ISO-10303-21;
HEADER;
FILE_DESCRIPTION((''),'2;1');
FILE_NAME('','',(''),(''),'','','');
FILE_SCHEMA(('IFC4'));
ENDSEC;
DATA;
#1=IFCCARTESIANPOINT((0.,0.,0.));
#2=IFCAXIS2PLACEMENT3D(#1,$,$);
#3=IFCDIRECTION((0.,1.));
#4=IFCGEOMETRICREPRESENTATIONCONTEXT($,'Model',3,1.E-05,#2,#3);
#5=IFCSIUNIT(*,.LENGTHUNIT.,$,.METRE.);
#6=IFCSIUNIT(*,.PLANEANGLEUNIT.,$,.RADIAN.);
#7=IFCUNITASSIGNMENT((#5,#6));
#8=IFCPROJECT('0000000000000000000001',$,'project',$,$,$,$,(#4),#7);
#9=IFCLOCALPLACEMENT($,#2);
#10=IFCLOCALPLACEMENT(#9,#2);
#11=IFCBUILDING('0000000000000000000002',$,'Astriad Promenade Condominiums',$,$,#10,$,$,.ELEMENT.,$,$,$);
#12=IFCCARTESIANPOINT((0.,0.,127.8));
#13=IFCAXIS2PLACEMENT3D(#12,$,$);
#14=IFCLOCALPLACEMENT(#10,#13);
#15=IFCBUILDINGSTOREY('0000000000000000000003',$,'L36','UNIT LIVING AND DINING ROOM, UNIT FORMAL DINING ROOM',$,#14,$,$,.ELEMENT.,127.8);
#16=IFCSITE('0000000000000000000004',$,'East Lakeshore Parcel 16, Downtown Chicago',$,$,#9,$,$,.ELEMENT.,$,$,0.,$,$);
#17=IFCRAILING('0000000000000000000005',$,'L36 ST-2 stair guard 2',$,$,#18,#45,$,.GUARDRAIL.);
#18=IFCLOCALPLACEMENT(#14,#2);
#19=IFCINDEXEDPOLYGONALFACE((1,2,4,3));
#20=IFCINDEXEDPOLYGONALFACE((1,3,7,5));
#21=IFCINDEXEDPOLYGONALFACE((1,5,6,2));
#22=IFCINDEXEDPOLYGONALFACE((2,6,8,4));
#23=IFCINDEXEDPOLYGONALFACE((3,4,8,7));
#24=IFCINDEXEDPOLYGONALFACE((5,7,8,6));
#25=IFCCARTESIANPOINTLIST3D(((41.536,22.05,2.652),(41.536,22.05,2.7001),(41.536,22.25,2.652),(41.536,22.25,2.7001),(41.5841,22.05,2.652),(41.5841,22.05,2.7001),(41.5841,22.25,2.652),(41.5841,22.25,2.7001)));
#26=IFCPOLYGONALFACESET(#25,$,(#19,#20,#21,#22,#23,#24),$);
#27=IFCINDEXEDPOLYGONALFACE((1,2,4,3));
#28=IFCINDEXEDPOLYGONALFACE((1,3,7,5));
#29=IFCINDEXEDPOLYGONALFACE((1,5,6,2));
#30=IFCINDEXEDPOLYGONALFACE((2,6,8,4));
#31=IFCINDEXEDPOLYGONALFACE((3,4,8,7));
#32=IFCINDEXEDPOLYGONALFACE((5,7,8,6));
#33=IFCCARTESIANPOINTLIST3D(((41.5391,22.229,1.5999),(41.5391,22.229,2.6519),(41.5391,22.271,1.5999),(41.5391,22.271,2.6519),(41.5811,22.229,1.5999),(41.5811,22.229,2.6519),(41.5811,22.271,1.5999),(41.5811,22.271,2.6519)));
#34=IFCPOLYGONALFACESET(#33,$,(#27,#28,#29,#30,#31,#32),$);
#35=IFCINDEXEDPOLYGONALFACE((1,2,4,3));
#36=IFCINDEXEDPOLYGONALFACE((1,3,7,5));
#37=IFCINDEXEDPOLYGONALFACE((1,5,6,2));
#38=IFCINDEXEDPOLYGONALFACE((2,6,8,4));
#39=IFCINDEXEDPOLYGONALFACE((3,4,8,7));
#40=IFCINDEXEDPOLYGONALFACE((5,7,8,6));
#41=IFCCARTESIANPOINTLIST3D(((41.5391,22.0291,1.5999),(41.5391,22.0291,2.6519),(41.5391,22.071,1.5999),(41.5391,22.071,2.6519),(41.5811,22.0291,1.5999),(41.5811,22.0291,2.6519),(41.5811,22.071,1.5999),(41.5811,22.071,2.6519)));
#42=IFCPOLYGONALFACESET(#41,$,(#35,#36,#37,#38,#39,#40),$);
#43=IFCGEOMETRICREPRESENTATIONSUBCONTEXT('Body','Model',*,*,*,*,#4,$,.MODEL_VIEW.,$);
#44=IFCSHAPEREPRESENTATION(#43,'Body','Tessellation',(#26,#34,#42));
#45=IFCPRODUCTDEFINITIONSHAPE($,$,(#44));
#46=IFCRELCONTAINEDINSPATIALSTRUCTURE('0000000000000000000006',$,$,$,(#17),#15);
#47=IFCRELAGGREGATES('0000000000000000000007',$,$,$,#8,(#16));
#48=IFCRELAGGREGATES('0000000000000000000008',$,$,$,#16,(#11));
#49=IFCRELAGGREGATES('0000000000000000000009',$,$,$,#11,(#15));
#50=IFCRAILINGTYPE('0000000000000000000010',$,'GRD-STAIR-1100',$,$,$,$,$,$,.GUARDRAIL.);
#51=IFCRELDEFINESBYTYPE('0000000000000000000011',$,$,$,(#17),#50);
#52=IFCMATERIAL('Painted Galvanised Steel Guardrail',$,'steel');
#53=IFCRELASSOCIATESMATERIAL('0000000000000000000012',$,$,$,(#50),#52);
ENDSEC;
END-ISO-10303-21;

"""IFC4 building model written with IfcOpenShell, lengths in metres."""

from ifc_helpers import new_model, si_unit, direction, frame, origin, origin_2d, place, context, subcontext, project, spatial, rectangle, extrude, source, transform, mapped, material, type_object, element, save


model = new_model("IFC4")

# Units and contexts
model_context = context("Model", 3, precision=1e-05, world=origin(), true_north=direction((0.0, 1.0)))
body_context = subcontext(model_context, "Body", "Model", "MODEL_VIEW")
ifc_project = project(units=[si_unit("LENGTHUNIT", "METRE"), si_unit("PLANEANGLEUNIT", "RADIAN")], contexts=[model_context])

# Site, building, storey
site_placement = place(None, origin())
site = spatial("IfcSite", under=ifc_project, at=site_placement, Name="East Lakeshore Parcel 16, Downtown Chicago", CompositionType="ELEMENT", RefElevation=0.0)
building_placement = place(site_placement, origin())
building = spatial("IfcBuilding", under=site, at=building_placement, Name="Astriad Promenade Condominiums", CompositionType="ELEMENT")
storey_placement = place(building_placement, frame((0.0, 0.0, 127.8)))
storey = spatial("IfcBuildingStorey", under=building, at=storey_placement, Name="L36", Description="UNIT LIVING AND DINING ROOM, UNIT FORMAL DINING ROOM", CompositionType="ELEMENT", Elevation=127.8)

# Railing
ifc_material_1 = material(Name="Painted Galvanised Steel Guardrail", Category="steel")
railing_type_1 = type_object("IfcRailingType", Name="GRD-STAIR-1100", PredefinedType="GUARDRAIL", material=ifc_material_1)
shared_shape_1 = source(origin(), body_context, "Body", "SweptSolid", [
    extrude(rectangle(XDim=0.0481, YDim=0.0481, at=origin_2d()), frame((0.0, 0.0, 1.0762), z_axis=(0.0, -1.0, 0.0), x_axis=(1.0, 0.0, 0.0)), (0.0, 0.0, 1.0), 0.2),
    extrude(rectangle(XDim=0.042, YDim=0.042, at=origin_2d()), origin(), (0.0, 0.0, 1.0), 1.052),
    extrude(rectangle(XDim=0.042, YDim=0.042, at=origin_2d()), frame((0.0, -0.2, 0.0)), (0.0, 0.0, 1.0), 1.052),
])
railing_1_placement = place(storey_placement, frame((41.5601, 22.25, 1.5999)))
element("IfcRailing", 1, at=railing_1_placement, inside=storey, type_object=railing_type_1, Name="L36 ST-2 stair guard 2", PredefinedType="GUARDRAIL", context=body_context, shape_type="MappedRepresentation", body=[
    mapped(shared_shape_1, transform((0.0, 0.0, 0.0), scale=1.0)),
])

save(model, "model.ifc")
